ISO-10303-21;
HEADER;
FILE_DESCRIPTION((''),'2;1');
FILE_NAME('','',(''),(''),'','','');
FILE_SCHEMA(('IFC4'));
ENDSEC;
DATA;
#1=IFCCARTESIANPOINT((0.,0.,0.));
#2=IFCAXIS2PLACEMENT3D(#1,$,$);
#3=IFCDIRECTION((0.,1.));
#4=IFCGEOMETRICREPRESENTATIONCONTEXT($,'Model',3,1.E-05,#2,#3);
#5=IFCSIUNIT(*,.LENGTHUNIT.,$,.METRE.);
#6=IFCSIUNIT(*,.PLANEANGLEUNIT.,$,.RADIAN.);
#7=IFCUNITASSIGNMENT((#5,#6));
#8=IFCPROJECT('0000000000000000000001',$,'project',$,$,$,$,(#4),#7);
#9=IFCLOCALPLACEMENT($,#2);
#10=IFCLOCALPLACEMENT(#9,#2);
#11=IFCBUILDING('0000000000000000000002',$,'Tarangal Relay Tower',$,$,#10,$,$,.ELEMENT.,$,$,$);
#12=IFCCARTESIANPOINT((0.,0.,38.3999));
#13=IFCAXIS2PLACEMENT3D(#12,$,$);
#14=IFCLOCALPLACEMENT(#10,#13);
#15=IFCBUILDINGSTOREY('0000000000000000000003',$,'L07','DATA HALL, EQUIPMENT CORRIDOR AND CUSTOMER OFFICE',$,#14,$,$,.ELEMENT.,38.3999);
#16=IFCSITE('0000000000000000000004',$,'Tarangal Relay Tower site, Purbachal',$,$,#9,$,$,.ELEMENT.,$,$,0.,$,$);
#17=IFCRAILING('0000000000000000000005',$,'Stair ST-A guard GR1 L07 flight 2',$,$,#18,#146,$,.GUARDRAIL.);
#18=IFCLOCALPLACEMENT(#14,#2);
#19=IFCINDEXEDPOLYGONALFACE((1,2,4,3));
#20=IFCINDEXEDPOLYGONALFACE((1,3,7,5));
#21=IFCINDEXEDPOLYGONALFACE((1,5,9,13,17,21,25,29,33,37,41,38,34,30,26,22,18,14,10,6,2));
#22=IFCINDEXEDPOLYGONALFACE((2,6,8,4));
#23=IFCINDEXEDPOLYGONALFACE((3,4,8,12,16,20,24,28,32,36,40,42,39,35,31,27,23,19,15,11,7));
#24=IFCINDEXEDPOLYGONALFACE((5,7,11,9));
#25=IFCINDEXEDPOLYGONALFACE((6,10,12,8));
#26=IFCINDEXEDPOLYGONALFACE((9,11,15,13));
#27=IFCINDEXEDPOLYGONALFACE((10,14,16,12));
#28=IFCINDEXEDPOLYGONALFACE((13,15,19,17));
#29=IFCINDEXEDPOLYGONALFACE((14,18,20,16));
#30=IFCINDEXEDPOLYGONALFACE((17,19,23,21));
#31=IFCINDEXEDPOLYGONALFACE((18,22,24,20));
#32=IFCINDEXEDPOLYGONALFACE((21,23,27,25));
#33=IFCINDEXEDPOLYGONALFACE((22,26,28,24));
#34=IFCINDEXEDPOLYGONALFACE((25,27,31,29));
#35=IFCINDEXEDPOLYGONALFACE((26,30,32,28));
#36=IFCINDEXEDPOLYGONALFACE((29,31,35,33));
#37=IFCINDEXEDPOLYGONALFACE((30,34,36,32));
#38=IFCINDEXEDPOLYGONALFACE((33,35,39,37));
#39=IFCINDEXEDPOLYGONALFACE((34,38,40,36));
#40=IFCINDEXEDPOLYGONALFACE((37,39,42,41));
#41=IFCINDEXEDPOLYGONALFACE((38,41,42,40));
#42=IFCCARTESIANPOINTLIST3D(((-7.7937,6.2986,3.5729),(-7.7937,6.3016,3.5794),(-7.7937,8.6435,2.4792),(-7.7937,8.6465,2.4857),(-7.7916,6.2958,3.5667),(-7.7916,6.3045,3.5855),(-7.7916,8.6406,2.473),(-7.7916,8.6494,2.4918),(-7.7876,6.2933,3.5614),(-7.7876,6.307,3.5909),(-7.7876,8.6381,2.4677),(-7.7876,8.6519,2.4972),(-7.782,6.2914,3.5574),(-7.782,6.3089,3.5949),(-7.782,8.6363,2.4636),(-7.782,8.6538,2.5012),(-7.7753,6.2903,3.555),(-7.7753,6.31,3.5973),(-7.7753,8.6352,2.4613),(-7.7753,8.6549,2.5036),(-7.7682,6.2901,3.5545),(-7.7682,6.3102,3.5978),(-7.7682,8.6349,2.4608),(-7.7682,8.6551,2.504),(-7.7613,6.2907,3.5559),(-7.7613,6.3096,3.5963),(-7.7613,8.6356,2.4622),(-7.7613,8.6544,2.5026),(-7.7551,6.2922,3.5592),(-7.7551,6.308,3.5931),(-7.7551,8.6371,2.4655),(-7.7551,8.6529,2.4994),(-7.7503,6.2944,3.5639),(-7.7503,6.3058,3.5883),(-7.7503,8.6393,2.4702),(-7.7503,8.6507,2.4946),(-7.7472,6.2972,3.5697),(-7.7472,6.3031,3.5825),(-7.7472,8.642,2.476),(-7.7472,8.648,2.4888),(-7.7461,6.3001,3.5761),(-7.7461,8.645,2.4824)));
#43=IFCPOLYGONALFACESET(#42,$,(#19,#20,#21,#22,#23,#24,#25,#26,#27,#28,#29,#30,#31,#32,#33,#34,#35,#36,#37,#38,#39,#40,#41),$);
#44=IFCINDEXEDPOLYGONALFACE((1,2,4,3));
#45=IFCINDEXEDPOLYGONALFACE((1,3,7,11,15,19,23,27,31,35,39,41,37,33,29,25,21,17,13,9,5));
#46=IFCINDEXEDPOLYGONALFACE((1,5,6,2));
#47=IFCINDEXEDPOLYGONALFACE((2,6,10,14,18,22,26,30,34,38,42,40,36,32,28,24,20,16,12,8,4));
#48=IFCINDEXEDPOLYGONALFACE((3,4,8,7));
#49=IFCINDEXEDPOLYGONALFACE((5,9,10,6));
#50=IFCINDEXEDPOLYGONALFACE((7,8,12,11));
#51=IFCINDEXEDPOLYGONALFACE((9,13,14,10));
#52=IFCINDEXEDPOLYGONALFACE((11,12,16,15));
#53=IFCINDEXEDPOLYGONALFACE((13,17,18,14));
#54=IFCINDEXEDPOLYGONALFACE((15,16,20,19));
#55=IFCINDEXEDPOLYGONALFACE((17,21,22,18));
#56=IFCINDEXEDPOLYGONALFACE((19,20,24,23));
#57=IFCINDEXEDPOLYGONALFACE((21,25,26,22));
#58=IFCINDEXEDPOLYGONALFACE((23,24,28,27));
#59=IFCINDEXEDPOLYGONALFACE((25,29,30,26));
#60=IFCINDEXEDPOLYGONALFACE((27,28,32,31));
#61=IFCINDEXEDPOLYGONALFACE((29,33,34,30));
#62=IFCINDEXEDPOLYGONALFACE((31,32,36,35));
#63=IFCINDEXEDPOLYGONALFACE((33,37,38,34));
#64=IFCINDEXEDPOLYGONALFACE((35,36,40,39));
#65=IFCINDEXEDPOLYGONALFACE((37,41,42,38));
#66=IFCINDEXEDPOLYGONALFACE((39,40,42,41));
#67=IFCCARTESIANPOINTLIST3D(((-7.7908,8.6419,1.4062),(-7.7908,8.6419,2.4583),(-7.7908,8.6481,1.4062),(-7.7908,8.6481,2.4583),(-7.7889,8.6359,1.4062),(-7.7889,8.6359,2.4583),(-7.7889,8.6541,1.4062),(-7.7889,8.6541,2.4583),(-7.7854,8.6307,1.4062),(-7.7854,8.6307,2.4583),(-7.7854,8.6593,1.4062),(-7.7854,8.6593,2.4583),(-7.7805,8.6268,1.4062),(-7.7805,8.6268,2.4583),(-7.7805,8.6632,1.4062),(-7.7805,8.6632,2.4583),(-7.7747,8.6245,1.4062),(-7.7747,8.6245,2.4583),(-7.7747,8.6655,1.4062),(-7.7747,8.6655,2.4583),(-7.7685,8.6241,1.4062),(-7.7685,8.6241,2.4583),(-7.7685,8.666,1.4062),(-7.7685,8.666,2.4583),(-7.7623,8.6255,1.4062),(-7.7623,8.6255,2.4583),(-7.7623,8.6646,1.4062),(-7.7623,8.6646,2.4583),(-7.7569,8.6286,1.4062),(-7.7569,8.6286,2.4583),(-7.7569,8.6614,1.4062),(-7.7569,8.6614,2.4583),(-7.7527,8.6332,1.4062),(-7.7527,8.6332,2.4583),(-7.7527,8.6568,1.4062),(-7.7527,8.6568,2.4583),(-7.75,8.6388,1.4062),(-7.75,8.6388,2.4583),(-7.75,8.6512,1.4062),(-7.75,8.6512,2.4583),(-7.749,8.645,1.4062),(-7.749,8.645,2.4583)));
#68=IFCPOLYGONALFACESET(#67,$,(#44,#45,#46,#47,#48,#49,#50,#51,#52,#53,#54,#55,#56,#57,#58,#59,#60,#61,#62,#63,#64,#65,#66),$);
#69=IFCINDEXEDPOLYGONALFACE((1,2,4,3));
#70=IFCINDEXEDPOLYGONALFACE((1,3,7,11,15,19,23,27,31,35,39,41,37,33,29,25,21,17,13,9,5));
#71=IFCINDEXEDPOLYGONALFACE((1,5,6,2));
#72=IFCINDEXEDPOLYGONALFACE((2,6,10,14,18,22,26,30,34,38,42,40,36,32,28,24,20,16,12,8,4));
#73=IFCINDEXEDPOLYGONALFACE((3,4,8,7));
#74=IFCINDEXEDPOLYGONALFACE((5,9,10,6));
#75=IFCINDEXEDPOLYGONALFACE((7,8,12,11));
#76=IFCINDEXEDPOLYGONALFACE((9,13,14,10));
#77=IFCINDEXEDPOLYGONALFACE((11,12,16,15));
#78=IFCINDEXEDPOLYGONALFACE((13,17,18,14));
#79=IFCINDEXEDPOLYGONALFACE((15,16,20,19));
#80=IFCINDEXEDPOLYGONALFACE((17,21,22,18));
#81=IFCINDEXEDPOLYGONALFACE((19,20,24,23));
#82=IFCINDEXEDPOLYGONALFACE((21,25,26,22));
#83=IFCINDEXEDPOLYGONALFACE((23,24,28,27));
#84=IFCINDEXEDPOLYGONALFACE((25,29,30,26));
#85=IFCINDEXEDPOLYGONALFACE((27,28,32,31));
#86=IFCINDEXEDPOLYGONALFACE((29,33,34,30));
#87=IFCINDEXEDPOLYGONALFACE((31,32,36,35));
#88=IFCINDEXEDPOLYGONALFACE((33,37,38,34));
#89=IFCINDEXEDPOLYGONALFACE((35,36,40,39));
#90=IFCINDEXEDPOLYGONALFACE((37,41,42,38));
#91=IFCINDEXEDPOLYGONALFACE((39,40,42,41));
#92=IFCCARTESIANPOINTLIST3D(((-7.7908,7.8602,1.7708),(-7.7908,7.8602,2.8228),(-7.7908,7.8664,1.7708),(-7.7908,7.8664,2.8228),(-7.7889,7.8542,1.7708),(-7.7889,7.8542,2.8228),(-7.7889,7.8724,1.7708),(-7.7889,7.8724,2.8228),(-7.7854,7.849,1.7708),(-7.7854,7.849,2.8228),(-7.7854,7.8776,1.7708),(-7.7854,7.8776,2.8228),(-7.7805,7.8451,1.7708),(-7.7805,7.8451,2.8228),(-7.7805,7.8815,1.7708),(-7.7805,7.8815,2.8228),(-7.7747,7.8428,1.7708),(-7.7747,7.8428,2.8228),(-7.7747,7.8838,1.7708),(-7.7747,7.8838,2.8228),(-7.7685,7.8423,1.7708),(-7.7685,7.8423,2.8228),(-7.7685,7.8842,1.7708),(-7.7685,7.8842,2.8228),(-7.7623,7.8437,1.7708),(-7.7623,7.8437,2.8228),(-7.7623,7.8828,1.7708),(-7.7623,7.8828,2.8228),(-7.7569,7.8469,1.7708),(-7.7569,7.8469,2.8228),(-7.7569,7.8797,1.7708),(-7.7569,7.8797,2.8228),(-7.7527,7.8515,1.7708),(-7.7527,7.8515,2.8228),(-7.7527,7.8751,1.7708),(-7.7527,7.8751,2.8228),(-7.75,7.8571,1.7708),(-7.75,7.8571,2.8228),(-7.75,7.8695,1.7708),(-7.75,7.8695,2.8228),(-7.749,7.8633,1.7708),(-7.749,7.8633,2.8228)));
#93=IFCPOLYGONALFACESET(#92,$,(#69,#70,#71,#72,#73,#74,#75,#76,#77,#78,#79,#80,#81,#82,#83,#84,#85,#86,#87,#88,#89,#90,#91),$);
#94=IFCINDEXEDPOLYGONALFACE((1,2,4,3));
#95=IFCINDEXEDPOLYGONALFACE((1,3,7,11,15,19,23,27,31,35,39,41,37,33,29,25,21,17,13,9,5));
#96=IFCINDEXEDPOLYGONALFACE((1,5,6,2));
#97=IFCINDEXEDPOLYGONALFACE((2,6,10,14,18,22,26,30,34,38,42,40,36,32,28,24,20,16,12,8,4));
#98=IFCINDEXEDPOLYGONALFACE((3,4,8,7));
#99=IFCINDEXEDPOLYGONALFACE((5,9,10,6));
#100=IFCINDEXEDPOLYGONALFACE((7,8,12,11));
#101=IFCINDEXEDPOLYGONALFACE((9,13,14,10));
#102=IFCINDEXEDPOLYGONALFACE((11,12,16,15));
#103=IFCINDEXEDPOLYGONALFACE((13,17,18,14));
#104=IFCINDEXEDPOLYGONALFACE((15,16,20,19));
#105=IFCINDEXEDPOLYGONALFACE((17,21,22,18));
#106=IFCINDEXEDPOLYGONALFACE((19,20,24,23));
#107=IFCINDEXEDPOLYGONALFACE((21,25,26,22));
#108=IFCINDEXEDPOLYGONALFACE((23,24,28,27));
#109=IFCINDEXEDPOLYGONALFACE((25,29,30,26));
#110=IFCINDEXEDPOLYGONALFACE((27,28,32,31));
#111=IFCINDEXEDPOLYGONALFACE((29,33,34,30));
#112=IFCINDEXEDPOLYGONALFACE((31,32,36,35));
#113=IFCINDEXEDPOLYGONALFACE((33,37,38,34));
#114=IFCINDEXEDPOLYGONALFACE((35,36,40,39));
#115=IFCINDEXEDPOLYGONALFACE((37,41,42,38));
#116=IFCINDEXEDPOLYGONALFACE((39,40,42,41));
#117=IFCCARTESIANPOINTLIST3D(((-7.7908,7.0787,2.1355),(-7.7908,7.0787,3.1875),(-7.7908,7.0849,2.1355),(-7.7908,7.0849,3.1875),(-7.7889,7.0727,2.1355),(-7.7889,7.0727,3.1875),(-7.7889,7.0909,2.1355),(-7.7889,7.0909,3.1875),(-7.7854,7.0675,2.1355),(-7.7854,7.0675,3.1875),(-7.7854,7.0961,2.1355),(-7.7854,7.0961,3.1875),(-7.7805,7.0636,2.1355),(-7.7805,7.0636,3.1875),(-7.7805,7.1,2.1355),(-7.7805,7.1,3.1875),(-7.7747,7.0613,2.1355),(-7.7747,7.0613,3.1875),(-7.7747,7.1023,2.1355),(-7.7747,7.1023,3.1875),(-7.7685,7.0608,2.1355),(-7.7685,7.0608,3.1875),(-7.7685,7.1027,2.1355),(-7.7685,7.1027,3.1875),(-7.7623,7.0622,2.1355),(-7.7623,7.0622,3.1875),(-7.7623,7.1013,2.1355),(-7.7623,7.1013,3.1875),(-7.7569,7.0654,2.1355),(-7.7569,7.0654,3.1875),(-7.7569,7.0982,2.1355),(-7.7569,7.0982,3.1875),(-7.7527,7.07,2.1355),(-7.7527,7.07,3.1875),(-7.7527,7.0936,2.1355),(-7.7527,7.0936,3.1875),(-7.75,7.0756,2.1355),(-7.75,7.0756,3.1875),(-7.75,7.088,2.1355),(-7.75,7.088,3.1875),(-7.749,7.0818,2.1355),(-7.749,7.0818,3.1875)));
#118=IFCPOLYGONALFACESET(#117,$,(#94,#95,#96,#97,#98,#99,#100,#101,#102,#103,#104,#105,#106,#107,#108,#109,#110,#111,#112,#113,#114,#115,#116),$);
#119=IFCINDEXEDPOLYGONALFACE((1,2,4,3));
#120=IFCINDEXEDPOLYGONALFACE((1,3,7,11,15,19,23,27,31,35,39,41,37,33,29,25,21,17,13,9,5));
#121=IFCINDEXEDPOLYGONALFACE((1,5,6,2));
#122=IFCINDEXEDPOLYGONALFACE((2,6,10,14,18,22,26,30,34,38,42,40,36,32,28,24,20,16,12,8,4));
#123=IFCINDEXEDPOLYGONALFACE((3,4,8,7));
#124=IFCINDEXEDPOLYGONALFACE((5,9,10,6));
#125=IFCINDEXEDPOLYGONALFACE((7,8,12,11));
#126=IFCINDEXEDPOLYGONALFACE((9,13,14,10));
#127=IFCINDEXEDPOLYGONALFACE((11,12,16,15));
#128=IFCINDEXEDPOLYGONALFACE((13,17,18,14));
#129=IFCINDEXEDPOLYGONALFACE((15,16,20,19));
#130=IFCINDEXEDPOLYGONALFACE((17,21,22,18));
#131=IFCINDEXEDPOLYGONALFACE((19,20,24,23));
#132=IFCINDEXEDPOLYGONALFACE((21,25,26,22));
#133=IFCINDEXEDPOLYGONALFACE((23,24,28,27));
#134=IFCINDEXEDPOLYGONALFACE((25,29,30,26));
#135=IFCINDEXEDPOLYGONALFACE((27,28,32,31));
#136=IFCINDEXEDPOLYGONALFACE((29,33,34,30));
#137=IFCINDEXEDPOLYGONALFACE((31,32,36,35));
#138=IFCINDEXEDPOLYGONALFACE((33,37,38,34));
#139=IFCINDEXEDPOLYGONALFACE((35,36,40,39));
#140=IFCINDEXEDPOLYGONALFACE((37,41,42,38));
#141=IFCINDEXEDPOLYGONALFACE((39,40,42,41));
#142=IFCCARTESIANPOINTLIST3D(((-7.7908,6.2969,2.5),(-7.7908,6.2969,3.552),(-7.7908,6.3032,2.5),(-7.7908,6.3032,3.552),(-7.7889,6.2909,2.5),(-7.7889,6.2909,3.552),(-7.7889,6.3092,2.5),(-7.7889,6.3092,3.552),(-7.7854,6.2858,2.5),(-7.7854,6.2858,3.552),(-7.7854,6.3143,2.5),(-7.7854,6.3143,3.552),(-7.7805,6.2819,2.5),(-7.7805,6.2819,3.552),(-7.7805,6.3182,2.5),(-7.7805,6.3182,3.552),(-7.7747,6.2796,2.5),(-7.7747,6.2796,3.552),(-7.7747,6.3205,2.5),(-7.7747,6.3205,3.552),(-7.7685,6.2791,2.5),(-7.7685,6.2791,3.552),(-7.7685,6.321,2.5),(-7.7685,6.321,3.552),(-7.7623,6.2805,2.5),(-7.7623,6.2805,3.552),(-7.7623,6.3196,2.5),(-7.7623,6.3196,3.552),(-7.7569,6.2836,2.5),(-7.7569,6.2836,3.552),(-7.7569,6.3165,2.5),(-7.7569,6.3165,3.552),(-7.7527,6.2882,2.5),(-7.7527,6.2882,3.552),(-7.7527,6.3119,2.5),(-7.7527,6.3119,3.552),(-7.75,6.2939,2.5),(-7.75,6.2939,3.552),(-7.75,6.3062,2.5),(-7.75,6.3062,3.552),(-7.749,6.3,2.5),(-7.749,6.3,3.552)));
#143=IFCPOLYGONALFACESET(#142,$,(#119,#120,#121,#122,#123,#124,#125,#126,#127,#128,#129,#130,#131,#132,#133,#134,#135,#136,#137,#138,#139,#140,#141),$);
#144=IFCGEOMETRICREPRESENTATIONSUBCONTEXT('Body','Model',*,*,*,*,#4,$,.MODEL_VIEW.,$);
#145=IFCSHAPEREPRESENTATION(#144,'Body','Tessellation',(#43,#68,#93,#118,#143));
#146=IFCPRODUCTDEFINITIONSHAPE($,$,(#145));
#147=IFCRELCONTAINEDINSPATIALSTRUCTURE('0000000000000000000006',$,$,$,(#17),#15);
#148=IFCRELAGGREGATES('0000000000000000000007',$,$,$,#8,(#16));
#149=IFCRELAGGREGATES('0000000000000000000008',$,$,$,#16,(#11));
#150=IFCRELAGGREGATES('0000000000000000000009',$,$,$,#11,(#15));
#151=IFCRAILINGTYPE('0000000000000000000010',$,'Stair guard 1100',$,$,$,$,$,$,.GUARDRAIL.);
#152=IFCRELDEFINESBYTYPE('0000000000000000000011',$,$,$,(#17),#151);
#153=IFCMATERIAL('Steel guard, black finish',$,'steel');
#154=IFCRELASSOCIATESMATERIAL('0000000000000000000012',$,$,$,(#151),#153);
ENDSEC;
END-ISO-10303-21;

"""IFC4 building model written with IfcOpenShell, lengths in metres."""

from ifc_helpers import new_model, si_unit, direction, frame, origin, origin_2d, place, context, subcontext, project, spatial, circle, extrude, material, type_object, element, save


model = new_model("IFC4")

# Units and contexts
model_context = context("Model", 3, precision=1e-05, world=origin(), true_north=direction((0.0, 1.0)))
body_context = subcontext(model_context, "Body", "Model", "MODEL_VIEW")
ifc_project = project(units=[si_unit("LENGTHUNIT", "METRE"), si_unit("PLANEANGLEUNIT", "RADIAN")], contexts=[model_context])

# Site, building, storey
site_placement = place(None, origin())
site = spatial("IfcSite", under=ifc_project, at=site_placement, Name="Tarangal Relay Tower site, Purbachal", CompositionType="ELEMENT", RefElevation=0.0)
building_placement = place(site_placement, origin())
building = spatial("IfcBuilding", under=site, at=building_placement, Name="Tarangal Relay Tower", CompositionType="ELEMENT")
storey_placement = place(building_placement, frame((0.0, 0.0, 38.3999)))
storey = spatial("IfcBuildingStorey", under=building, at=storey_placement, Name="L07", Description="DATA HALL, EQUIPMENT CORRIDOR AND CUSTOMER OFFICE", CompositionType="ELEMENT", Elevation=38.3999)

# Railing
ifc_material_1 = material(Name="Steel guard, black finish", Category="steel")
railing_type_1 = type_object("IfcRailingType", Name="Stair guard 1100", PredefinedType="GUARDRAIL", material=ifc_material_1)
railing_1_placement = place(storey_placement, frame((-7.77, 8.645, 1.4062)))
element("IfcRailing", 1, at=railing_1_placement, inside=storey, type_object=railing_type_1, Name="Stair ST-A guard GR1 L07 flight 2", PredefinedType="GUARDRAIL", context=body_context, shape_type="SweptSolid", body=[
    extrude(circle(Radius=0.0239, at=origin_2d()), frame((0.0, 0.0, 1.0762), z_axis=(0.0, -0.906267, 0.422705), x_axis=(1.0, 0.0, 0.0)), (0.0, 0.0, 1.0), 2.5874),
    extrude(circle(Radius=0.021, at=origin_2d()), origin(), (0.0, 0.0, 1.0), 1.052),
    extrude(circle(Radius=0.021, at=origin_2d()), frame((0.0, -0.7817, 0.3645)), (0.0, 0.0, 1.0), 1.052),
    extrude(circle(Radius=0.021, at=origin_2d()), frame((0.0, -1.5632, 0.7292)), (0.0, 0.0, 1.0), 1.052),
    extrude(circle(Radius=0.021, at=origin_2d()), frame((0.0, -2.345, 1.0938)), (0.0, 0.0, 1.0), 1.052),
])

save(model, "model.ifc")
